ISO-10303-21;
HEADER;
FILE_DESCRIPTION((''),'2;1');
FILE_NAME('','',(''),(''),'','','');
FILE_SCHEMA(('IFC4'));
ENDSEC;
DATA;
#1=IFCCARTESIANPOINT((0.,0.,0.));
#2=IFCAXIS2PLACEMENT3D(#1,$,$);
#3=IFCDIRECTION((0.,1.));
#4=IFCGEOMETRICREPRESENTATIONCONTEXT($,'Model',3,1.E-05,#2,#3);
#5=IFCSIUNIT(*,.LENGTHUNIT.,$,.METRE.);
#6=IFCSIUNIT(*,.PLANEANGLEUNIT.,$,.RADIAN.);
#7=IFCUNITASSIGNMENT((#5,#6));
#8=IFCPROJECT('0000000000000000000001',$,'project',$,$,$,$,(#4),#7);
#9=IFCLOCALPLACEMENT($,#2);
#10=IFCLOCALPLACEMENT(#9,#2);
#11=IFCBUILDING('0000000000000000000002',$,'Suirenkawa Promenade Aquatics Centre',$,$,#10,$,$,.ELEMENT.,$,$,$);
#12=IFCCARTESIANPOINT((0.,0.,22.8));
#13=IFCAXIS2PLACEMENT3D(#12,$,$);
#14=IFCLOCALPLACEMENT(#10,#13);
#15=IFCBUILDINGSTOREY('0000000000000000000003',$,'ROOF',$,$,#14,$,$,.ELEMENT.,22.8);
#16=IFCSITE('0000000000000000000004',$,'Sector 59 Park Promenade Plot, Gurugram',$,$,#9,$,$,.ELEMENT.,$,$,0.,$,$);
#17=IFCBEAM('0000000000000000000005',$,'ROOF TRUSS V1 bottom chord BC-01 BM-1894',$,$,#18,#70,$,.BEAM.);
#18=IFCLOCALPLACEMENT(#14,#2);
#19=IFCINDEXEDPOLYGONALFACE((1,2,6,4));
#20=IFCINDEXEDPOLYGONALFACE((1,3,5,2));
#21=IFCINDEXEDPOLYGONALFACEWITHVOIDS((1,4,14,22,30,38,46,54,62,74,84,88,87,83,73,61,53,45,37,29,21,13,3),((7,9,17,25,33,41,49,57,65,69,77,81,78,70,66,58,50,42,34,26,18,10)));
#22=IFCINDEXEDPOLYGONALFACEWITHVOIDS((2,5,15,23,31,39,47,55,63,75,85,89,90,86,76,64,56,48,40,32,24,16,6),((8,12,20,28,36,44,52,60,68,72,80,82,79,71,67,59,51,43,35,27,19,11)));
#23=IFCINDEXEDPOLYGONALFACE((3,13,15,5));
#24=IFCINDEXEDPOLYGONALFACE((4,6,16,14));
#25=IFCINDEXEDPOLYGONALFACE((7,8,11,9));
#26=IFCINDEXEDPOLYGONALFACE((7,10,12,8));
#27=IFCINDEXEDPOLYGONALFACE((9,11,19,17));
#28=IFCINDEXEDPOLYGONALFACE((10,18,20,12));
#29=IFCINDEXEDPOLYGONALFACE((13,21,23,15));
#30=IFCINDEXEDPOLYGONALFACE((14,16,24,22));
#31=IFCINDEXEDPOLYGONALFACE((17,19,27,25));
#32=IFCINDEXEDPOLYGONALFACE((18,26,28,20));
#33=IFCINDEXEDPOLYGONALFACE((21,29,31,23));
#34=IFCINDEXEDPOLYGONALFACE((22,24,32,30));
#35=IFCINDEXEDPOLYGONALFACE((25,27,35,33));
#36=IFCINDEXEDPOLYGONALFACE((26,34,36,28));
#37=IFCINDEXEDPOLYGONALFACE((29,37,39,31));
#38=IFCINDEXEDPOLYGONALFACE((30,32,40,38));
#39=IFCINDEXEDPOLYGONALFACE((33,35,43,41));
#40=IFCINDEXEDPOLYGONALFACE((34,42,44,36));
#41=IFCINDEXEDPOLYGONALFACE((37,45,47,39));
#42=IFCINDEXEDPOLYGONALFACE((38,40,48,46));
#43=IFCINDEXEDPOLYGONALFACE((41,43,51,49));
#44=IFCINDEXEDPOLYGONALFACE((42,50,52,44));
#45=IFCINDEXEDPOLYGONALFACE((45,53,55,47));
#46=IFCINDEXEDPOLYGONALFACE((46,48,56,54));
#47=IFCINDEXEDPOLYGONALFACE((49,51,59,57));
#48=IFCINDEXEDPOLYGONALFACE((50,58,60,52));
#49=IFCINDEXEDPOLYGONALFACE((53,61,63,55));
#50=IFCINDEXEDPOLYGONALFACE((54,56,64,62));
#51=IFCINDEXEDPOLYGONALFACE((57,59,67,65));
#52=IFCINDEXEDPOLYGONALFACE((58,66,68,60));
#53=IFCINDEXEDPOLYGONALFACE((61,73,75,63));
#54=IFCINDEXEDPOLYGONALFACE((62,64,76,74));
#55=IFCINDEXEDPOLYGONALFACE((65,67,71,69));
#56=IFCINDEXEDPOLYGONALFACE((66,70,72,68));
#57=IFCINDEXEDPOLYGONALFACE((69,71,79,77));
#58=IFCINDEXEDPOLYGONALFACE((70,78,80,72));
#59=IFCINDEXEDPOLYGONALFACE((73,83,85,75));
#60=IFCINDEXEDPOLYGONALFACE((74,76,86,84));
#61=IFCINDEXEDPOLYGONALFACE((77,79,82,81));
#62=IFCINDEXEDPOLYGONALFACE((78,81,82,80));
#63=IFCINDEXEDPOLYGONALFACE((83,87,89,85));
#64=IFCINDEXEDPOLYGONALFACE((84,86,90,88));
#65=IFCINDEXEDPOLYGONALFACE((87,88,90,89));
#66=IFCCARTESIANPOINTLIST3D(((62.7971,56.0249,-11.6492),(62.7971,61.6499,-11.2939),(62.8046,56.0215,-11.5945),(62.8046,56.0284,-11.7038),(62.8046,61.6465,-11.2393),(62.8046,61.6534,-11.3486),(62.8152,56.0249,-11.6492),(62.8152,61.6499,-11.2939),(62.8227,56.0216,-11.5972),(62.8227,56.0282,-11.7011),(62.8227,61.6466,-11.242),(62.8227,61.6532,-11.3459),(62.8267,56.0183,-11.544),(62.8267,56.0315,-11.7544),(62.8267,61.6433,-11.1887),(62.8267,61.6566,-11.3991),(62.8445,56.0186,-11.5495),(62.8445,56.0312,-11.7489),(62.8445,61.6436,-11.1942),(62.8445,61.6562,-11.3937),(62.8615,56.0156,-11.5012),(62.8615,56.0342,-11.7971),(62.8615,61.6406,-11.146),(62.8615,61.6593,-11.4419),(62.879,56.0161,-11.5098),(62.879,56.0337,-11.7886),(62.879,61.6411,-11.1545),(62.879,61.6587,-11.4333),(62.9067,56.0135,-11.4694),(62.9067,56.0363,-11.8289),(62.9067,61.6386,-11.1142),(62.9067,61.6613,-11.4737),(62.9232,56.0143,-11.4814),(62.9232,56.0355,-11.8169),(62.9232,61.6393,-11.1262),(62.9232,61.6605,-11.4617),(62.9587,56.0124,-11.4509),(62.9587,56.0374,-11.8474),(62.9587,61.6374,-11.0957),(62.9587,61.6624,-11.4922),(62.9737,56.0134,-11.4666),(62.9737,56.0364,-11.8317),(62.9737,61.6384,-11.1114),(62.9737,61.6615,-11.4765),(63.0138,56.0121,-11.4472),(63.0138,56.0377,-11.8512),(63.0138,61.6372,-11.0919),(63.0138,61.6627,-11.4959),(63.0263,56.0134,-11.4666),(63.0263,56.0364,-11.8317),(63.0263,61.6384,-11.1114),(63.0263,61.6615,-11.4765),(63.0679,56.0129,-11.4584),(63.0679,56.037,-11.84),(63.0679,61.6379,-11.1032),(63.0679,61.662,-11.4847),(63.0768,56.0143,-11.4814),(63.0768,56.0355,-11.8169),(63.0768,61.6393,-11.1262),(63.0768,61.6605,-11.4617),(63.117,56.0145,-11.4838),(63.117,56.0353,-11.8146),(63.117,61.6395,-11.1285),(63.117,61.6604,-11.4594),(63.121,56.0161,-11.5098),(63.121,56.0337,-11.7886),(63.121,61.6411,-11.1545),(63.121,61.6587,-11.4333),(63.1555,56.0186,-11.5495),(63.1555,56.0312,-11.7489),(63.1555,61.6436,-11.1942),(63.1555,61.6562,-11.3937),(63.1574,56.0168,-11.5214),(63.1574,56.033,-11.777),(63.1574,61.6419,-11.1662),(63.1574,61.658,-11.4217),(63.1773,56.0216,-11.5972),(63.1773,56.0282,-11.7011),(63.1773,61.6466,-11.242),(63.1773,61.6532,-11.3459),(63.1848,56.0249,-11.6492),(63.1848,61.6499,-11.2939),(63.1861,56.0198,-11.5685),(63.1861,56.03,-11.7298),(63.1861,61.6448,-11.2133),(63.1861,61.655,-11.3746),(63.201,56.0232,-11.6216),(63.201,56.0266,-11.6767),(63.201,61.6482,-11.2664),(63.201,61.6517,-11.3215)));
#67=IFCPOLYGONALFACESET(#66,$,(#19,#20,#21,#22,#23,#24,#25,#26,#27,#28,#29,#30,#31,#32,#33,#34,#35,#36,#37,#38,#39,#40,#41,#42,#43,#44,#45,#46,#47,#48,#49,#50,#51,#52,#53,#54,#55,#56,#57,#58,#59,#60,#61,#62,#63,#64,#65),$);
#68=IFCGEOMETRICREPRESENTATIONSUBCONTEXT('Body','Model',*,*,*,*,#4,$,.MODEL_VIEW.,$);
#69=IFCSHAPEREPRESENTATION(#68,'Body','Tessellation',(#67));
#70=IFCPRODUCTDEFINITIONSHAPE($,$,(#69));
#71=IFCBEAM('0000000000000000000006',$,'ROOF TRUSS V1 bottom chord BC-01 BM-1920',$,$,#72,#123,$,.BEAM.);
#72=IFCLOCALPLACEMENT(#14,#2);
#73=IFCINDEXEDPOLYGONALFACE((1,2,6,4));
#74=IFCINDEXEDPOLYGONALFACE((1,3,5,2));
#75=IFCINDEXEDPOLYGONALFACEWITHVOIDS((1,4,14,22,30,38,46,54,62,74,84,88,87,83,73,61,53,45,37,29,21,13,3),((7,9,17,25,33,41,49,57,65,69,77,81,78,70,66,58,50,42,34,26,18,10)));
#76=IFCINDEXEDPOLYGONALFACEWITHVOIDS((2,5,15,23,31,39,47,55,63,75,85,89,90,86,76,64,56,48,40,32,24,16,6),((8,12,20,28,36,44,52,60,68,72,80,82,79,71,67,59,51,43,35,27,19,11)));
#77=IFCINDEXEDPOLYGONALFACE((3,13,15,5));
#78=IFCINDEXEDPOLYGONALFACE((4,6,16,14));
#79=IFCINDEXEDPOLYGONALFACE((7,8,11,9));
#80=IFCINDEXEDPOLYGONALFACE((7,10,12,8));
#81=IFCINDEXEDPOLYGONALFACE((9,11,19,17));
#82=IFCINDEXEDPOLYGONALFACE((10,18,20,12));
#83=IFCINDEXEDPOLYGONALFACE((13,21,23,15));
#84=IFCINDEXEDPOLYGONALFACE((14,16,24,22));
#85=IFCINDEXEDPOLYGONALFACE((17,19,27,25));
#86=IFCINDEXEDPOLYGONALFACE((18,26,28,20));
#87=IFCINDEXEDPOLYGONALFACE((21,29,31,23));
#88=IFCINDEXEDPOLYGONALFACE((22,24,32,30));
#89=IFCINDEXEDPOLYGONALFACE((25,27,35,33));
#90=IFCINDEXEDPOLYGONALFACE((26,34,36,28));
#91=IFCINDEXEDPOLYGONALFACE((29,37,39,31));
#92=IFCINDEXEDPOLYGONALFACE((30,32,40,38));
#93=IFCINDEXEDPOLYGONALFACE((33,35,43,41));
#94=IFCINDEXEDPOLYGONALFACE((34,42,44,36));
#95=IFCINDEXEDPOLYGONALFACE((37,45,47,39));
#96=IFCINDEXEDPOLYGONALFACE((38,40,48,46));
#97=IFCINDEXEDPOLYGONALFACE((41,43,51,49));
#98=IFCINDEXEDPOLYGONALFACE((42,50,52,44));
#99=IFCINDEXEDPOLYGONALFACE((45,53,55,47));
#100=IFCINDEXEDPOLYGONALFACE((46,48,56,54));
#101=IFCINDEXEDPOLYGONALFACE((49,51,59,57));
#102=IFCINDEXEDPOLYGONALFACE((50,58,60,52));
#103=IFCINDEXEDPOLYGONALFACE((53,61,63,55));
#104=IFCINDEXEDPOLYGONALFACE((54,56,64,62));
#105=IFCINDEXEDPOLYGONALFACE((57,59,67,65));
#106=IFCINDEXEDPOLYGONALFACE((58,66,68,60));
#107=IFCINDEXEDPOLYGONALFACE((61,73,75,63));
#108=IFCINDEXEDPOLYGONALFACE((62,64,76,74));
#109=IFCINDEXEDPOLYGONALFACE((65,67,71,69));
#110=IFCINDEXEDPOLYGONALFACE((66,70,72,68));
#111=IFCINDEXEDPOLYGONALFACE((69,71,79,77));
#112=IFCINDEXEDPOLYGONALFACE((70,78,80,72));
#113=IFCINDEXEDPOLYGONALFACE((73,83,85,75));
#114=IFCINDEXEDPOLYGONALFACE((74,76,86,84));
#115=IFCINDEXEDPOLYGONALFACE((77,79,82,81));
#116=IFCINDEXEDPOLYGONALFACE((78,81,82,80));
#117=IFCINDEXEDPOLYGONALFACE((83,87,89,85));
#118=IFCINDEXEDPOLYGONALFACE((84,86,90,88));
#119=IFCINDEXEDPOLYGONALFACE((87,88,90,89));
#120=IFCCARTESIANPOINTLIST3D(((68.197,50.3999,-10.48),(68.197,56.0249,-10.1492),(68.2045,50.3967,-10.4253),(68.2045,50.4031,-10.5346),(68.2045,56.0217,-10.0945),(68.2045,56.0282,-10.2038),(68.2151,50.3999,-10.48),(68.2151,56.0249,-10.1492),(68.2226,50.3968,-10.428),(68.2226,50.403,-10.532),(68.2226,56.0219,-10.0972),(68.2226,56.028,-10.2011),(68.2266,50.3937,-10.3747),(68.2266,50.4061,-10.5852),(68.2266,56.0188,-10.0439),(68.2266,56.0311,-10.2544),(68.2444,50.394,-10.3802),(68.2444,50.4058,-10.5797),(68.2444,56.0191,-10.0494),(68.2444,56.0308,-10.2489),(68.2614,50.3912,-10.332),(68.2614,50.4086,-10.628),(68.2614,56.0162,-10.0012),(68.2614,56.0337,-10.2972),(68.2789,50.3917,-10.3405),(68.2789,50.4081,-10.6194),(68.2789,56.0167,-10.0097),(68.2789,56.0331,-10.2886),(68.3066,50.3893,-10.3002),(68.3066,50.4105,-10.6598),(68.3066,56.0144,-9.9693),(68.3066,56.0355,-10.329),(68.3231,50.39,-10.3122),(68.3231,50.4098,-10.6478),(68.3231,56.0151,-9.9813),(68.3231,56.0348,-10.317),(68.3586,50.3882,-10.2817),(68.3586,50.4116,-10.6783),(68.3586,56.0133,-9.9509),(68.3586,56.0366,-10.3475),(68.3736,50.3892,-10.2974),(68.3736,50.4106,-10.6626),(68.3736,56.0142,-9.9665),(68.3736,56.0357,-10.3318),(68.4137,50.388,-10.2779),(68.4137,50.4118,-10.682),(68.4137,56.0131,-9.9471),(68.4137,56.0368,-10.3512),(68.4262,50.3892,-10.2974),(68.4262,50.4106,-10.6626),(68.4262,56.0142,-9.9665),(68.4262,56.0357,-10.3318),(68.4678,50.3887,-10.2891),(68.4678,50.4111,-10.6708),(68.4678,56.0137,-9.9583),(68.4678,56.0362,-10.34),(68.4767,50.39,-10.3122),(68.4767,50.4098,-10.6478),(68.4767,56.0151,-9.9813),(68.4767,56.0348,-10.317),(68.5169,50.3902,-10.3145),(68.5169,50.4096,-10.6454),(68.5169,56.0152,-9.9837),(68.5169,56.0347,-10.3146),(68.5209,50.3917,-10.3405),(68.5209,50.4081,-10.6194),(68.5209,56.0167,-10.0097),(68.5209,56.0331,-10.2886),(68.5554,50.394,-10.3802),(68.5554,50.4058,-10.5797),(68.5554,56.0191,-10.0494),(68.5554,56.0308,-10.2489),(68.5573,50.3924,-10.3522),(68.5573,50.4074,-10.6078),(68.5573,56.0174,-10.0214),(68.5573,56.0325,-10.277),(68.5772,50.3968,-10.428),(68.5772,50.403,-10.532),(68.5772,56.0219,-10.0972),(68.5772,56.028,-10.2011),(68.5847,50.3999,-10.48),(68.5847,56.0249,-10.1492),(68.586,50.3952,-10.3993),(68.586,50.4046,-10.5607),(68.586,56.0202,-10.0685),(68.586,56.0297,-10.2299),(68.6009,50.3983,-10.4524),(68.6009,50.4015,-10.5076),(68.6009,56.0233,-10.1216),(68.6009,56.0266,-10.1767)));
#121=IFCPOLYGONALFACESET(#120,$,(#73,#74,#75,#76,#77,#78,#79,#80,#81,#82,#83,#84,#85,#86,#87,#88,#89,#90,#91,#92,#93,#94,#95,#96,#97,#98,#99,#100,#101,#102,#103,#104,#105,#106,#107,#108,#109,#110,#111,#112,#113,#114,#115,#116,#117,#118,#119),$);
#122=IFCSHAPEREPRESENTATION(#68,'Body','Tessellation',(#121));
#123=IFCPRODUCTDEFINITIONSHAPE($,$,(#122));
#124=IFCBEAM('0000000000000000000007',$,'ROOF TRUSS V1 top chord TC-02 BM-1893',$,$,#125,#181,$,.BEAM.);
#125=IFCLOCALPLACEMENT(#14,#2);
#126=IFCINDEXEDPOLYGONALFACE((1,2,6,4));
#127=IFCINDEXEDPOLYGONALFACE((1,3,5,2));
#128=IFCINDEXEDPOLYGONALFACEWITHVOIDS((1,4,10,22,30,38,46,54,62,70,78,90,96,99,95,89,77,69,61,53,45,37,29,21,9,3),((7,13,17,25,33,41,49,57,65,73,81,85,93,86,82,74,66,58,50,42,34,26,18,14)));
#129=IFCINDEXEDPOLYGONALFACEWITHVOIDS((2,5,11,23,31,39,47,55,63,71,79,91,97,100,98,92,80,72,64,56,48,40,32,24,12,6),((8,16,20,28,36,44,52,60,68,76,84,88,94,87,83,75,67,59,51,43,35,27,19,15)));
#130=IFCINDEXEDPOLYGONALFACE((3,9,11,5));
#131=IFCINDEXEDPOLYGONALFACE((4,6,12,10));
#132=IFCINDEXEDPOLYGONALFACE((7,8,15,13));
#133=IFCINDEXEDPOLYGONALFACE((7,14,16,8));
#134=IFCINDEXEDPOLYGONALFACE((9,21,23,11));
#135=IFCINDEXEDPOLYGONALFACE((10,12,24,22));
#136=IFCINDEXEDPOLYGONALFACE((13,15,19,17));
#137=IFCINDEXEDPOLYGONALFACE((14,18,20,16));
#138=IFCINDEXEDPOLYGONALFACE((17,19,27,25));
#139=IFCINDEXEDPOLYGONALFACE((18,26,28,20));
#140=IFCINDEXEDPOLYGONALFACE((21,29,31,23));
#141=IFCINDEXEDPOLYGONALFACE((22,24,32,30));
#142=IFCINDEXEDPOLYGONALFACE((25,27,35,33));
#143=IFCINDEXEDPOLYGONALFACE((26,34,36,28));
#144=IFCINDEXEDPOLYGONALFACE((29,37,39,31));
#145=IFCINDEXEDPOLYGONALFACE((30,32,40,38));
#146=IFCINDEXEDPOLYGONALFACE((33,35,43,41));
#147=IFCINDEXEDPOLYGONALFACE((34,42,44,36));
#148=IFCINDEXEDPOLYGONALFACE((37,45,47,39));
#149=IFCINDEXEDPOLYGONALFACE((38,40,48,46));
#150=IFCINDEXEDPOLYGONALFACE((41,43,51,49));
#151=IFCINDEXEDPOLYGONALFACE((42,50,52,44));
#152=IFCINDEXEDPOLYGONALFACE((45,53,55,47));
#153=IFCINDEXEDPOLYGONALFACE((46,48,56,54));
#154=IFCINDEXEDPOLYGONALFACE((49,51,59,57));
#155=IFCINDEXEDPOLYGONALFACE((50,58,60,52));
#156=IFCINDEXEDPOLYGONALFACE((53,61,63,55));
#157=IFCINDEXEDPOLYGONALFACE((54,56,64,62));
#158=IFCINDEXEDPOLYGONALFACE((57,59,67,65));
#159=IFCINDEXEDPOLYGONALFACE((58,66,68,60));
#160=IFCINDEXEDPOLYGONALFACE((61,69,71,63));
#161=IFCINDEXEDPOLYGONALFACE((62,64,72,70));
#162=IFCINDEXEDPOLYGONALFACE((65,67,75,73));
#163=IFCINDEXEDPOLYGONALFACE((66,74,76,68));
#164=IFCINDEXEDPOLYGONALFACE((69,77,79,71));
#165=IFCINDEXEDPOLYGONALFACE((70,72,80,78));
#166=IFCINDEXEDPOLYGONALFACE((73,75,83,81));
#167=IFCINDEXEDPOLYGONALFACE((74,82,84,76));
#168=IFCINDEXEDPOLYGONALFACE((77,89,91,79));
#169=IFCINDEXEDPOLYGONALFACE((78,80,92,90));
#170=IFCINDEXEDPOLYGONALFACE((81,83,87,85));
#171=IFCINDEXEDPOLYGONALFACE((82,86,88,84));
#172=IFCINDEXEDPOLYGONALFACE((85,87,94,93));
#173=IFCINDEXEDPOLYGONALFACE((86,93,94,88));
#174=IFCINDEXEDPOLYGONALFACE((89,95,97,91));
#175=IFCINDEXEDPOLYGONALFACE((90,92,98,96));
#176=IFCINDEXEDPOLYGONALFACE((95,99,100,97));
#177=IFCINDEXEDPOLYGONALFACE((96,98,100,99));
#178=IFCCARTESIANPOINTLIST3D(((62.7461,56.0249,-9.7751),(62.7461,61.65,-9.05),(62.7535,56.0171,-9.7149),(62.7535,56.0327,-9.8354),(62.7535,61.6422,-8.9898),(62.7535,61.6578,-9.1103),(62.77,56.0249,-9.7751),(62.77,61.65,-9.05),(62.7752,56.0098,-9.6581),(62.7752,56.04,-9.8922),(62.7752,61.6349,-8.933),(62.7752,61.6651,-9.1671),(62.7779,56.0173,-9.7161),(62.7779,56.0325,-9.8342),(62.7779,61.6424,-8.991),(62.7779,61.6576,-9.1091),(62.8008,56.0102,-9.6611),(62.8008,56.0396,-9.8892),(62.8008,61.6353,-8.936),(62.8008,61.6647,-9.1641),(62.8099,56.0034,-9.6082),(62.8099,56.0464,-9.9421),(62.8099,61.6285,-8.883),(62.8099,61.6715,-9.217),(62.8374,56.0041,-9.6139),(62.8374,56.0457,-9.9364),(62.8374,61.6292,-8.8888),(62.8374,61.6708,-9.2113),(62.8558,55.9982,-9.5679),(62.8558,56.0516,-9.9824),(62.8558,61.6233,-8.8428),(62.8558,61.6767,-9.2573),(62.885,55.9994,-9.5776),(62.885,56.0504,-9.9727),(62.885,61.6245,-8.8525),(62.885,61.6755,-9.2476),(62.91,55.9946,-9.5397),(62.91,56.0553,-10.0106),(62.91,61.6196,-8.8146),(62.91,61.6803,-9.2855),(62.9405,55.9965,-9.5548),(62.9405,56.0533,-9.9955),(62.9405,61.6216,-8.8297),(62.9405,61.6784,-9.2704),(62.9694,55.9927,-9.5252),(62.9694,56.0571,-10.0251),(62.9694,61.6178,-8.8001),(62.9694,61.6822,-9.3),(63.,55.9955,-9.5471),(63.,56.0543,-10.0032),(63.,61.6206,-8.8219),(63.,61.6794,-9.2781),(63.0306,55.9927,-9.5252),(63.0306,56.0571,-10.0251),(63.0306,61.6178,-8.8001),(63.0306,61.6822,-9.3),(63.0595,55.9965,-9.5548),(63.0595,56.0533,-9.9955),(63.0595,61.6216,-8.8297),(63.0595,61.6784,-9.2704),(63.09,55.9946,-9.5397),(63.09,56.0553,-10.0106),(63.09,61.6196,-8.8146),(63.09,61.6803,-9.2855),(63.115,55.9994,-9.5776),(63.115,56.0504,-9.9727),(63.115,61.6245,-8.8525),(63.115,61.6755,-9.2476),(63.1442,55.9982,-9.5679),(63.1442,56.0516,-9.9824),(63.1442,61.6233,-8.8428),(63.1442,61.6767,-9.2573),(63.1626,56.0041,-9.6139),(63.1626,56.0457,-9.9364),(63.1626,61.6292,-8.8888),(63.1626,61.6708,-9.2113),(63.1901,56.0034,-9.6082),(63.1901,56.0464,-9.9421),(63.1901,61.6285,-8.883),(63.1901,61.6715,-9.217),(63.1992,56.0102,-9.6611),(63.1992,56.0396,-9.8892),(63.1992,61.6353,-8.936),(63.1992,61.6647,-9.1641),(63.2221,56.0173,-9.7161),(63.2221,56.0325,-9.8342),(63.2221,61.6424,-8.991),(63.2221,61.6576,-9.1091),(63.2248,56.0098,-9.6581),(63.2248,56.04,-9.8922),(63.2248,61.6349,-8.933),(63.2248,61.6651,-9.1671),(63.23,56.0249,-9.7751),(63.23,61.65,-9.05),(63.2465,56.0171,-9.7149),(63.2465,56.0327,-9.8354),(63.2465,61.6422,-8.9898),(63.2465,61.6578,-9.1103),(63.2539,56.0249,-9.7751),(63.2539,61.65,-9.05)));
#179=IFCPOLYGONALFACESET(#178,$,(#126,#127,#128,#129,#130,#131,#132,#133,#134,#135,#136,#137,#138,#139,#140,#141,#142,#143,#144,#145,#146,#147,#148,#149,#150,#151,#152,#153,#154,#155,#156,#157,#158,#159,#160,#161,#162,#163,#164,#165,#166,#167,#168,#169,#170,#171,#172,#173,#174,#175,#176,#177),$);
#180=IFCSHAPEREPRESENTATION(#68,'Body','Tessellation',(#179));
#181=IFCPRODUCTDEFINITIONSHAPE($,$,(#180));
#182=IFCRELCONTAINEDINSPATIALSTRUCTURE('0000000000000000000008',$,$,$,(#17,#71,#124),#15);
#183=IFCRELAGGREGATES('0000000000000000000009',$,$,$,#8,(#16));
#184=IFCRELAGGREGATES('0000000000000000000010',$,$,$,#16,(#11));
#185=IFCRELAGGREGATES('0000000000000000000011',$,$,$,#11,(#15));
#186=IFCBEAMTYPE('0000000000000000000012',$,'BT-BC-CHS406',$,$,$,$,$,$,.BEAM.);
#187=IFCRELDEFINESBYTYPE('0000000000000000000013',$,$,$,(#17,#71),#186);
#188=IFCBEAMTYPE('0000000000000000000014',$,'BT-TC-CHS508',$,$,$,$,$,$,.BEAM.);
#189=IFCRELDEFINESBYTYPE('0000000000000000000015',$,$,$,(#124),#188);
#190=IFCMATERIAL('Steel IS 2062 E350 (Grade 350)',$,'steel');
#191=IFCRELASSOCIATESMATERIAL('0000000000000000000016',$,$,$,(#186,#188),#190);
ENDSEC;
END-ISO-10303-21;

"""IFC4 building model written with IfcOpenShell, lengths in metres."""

from ifc_helpers import new_model, si_unit, direction, frame, origin, origin_2d, place, context, subcontext, project, spatial, hollow_circle, extrude, material, material_profile, profile_set, type_object, element, save


model = new_model("IFC4")

# Units and contexts
model_context = context("Model", 3, precision=1e-05, world=origin(), true_north=direction((0.0, 1.0)))
body_context = subcontext(model_context, "Body", "Model", "MODEL_VIEW")
ifc_project = project(units=[si_unit("LENGTHUNIT", "METRE"), si_unit("PLANEANGLEUNIT", "RADIAN")], contexts=[model_context])

# Site, building, storey
site_placement = place(None, origin())
site = spatial("IfcSite", under=ifc_project, at=site_placement, Name="Sector 59 Park Promenade Plot, Gurugram", CompositionType="ELEMENT", RefElevation=0.0)
building_placement = place(site_placement, origin())
building = spatial("IfcBuilding", under=site, at=building_placement, Name="Suirenkawa Promenade Aquatics Centre", CompositionType="ELEMENT")
storey_placement = place(building_placement, frame((0.0, 0.0, 22.8)))
storey = spatial("IfcBuildingStorey", under=building, at=storey_placement, Name="ROOF", CompositionType="ELEMENT", Elevation=22.8)

# Beams
ifc_material_1 = material(Name="Steel IS 2062 E350 (Grade 350)", Category="steel")
ifc_material_profile_1 = material_profile(ifc_material_1, hollow_circle(Radius=0.2029, WallThickness=0.0181, at=origin_2d()), Name="CHS 406x18", Category="steel")
ifc_profile_set_1 = profile_set([ifc_material_profile_1], Name="Steel IS 2062 E350 (Grade 350)")
beam_type_1 = type_object("IfcBeamType", Name="BT-BC-CHS406", PredefinedType="BEAM", material=ifc_profile_set_1)
beam_1_placement = place(storey_placement, frame((63.0, 56.0249, -11.6492), z_axis=(0.0, 0.998012, 0.063025), x_axis=(-1.0, 0.0, 0.0)))
element("IfcBeam", 1, at=beam_1_placement, inside=storey, type_object=beam_type_1, Name="ROOF TRUSS V1 bottom chord BC-01 BM-1894", PredefinedType="BEAM", context=body_context, shape_type="SweptSolid", body=[
    extrude(hollow_circle(Radius=0.2029, WallThickness=0.0181, at=origin_2d()), origin(), (0.0, 0.0, 1.0), 5.6362),
])
beam_2_placement = place(storey_placement, frame((68.3999, 50.3999, -10.48), z_axis=(0.0, 0.998275, 0.058709), x_axis=(-1.0, 0.0, 0.0)))
element("IfcBeam", 2, at=beam_2_placement, inside=storey, type_object=beam_type_1, Name="ROOF TRUSS V1 bottom chord BC-01 BM-1920", PredefinedType="BEAM", context=body_context, shape_type="SweptSolid", body=[
    extrude(hollow_circle(Radius=0.2029, WallThickness=0.0181, at=origin_2d()), origin(), (0.0, 0.0, 1.0), 5.6348),
])
ifc_material_profile_2 = material_profile(ifc_material_1, hollow_circle(Radius=0.2539, WallThickness=0.0239, at=origin_2d()), Name="CHS 508x24", Category="steel")
ifc_profile_set_2 = profile_set([ifc_material_profile_2], Name="Steel IS 2062 E350 (Grade 350)")
beam_type_2 = type_object("IfcBeamType", Name="BT-TC-CHS508", PredefinedType="BEAM", material=ifc_profile_set_2)
for number, where, z_axis, x_axis, name in (
    (3, (63.0, 56.0249, -9.7751), (0.0, 0.991794, 0.127848), (-1.0, 0.0, 0.0), "ROOF TRUSS V1 top chord TC-02 BM-1893"),
):
    element("IfcBeam", number, at=place(storey_placement, frame(where, z_axis=z_axis, x_axis=x_axis)), inside=storey, type_object=beam_type_2, Name=name, PredefinedType="BEAM", context=body_context, shape_type="SweptSolid", body=[
        extrude(hollow_circle(Radius=0.2539, WallThickness=0.0239, at=origin_2d()), origin(), (0.0, 0.0, 1.0), 5.6716),
    ])

save(model, "model.ifc")
